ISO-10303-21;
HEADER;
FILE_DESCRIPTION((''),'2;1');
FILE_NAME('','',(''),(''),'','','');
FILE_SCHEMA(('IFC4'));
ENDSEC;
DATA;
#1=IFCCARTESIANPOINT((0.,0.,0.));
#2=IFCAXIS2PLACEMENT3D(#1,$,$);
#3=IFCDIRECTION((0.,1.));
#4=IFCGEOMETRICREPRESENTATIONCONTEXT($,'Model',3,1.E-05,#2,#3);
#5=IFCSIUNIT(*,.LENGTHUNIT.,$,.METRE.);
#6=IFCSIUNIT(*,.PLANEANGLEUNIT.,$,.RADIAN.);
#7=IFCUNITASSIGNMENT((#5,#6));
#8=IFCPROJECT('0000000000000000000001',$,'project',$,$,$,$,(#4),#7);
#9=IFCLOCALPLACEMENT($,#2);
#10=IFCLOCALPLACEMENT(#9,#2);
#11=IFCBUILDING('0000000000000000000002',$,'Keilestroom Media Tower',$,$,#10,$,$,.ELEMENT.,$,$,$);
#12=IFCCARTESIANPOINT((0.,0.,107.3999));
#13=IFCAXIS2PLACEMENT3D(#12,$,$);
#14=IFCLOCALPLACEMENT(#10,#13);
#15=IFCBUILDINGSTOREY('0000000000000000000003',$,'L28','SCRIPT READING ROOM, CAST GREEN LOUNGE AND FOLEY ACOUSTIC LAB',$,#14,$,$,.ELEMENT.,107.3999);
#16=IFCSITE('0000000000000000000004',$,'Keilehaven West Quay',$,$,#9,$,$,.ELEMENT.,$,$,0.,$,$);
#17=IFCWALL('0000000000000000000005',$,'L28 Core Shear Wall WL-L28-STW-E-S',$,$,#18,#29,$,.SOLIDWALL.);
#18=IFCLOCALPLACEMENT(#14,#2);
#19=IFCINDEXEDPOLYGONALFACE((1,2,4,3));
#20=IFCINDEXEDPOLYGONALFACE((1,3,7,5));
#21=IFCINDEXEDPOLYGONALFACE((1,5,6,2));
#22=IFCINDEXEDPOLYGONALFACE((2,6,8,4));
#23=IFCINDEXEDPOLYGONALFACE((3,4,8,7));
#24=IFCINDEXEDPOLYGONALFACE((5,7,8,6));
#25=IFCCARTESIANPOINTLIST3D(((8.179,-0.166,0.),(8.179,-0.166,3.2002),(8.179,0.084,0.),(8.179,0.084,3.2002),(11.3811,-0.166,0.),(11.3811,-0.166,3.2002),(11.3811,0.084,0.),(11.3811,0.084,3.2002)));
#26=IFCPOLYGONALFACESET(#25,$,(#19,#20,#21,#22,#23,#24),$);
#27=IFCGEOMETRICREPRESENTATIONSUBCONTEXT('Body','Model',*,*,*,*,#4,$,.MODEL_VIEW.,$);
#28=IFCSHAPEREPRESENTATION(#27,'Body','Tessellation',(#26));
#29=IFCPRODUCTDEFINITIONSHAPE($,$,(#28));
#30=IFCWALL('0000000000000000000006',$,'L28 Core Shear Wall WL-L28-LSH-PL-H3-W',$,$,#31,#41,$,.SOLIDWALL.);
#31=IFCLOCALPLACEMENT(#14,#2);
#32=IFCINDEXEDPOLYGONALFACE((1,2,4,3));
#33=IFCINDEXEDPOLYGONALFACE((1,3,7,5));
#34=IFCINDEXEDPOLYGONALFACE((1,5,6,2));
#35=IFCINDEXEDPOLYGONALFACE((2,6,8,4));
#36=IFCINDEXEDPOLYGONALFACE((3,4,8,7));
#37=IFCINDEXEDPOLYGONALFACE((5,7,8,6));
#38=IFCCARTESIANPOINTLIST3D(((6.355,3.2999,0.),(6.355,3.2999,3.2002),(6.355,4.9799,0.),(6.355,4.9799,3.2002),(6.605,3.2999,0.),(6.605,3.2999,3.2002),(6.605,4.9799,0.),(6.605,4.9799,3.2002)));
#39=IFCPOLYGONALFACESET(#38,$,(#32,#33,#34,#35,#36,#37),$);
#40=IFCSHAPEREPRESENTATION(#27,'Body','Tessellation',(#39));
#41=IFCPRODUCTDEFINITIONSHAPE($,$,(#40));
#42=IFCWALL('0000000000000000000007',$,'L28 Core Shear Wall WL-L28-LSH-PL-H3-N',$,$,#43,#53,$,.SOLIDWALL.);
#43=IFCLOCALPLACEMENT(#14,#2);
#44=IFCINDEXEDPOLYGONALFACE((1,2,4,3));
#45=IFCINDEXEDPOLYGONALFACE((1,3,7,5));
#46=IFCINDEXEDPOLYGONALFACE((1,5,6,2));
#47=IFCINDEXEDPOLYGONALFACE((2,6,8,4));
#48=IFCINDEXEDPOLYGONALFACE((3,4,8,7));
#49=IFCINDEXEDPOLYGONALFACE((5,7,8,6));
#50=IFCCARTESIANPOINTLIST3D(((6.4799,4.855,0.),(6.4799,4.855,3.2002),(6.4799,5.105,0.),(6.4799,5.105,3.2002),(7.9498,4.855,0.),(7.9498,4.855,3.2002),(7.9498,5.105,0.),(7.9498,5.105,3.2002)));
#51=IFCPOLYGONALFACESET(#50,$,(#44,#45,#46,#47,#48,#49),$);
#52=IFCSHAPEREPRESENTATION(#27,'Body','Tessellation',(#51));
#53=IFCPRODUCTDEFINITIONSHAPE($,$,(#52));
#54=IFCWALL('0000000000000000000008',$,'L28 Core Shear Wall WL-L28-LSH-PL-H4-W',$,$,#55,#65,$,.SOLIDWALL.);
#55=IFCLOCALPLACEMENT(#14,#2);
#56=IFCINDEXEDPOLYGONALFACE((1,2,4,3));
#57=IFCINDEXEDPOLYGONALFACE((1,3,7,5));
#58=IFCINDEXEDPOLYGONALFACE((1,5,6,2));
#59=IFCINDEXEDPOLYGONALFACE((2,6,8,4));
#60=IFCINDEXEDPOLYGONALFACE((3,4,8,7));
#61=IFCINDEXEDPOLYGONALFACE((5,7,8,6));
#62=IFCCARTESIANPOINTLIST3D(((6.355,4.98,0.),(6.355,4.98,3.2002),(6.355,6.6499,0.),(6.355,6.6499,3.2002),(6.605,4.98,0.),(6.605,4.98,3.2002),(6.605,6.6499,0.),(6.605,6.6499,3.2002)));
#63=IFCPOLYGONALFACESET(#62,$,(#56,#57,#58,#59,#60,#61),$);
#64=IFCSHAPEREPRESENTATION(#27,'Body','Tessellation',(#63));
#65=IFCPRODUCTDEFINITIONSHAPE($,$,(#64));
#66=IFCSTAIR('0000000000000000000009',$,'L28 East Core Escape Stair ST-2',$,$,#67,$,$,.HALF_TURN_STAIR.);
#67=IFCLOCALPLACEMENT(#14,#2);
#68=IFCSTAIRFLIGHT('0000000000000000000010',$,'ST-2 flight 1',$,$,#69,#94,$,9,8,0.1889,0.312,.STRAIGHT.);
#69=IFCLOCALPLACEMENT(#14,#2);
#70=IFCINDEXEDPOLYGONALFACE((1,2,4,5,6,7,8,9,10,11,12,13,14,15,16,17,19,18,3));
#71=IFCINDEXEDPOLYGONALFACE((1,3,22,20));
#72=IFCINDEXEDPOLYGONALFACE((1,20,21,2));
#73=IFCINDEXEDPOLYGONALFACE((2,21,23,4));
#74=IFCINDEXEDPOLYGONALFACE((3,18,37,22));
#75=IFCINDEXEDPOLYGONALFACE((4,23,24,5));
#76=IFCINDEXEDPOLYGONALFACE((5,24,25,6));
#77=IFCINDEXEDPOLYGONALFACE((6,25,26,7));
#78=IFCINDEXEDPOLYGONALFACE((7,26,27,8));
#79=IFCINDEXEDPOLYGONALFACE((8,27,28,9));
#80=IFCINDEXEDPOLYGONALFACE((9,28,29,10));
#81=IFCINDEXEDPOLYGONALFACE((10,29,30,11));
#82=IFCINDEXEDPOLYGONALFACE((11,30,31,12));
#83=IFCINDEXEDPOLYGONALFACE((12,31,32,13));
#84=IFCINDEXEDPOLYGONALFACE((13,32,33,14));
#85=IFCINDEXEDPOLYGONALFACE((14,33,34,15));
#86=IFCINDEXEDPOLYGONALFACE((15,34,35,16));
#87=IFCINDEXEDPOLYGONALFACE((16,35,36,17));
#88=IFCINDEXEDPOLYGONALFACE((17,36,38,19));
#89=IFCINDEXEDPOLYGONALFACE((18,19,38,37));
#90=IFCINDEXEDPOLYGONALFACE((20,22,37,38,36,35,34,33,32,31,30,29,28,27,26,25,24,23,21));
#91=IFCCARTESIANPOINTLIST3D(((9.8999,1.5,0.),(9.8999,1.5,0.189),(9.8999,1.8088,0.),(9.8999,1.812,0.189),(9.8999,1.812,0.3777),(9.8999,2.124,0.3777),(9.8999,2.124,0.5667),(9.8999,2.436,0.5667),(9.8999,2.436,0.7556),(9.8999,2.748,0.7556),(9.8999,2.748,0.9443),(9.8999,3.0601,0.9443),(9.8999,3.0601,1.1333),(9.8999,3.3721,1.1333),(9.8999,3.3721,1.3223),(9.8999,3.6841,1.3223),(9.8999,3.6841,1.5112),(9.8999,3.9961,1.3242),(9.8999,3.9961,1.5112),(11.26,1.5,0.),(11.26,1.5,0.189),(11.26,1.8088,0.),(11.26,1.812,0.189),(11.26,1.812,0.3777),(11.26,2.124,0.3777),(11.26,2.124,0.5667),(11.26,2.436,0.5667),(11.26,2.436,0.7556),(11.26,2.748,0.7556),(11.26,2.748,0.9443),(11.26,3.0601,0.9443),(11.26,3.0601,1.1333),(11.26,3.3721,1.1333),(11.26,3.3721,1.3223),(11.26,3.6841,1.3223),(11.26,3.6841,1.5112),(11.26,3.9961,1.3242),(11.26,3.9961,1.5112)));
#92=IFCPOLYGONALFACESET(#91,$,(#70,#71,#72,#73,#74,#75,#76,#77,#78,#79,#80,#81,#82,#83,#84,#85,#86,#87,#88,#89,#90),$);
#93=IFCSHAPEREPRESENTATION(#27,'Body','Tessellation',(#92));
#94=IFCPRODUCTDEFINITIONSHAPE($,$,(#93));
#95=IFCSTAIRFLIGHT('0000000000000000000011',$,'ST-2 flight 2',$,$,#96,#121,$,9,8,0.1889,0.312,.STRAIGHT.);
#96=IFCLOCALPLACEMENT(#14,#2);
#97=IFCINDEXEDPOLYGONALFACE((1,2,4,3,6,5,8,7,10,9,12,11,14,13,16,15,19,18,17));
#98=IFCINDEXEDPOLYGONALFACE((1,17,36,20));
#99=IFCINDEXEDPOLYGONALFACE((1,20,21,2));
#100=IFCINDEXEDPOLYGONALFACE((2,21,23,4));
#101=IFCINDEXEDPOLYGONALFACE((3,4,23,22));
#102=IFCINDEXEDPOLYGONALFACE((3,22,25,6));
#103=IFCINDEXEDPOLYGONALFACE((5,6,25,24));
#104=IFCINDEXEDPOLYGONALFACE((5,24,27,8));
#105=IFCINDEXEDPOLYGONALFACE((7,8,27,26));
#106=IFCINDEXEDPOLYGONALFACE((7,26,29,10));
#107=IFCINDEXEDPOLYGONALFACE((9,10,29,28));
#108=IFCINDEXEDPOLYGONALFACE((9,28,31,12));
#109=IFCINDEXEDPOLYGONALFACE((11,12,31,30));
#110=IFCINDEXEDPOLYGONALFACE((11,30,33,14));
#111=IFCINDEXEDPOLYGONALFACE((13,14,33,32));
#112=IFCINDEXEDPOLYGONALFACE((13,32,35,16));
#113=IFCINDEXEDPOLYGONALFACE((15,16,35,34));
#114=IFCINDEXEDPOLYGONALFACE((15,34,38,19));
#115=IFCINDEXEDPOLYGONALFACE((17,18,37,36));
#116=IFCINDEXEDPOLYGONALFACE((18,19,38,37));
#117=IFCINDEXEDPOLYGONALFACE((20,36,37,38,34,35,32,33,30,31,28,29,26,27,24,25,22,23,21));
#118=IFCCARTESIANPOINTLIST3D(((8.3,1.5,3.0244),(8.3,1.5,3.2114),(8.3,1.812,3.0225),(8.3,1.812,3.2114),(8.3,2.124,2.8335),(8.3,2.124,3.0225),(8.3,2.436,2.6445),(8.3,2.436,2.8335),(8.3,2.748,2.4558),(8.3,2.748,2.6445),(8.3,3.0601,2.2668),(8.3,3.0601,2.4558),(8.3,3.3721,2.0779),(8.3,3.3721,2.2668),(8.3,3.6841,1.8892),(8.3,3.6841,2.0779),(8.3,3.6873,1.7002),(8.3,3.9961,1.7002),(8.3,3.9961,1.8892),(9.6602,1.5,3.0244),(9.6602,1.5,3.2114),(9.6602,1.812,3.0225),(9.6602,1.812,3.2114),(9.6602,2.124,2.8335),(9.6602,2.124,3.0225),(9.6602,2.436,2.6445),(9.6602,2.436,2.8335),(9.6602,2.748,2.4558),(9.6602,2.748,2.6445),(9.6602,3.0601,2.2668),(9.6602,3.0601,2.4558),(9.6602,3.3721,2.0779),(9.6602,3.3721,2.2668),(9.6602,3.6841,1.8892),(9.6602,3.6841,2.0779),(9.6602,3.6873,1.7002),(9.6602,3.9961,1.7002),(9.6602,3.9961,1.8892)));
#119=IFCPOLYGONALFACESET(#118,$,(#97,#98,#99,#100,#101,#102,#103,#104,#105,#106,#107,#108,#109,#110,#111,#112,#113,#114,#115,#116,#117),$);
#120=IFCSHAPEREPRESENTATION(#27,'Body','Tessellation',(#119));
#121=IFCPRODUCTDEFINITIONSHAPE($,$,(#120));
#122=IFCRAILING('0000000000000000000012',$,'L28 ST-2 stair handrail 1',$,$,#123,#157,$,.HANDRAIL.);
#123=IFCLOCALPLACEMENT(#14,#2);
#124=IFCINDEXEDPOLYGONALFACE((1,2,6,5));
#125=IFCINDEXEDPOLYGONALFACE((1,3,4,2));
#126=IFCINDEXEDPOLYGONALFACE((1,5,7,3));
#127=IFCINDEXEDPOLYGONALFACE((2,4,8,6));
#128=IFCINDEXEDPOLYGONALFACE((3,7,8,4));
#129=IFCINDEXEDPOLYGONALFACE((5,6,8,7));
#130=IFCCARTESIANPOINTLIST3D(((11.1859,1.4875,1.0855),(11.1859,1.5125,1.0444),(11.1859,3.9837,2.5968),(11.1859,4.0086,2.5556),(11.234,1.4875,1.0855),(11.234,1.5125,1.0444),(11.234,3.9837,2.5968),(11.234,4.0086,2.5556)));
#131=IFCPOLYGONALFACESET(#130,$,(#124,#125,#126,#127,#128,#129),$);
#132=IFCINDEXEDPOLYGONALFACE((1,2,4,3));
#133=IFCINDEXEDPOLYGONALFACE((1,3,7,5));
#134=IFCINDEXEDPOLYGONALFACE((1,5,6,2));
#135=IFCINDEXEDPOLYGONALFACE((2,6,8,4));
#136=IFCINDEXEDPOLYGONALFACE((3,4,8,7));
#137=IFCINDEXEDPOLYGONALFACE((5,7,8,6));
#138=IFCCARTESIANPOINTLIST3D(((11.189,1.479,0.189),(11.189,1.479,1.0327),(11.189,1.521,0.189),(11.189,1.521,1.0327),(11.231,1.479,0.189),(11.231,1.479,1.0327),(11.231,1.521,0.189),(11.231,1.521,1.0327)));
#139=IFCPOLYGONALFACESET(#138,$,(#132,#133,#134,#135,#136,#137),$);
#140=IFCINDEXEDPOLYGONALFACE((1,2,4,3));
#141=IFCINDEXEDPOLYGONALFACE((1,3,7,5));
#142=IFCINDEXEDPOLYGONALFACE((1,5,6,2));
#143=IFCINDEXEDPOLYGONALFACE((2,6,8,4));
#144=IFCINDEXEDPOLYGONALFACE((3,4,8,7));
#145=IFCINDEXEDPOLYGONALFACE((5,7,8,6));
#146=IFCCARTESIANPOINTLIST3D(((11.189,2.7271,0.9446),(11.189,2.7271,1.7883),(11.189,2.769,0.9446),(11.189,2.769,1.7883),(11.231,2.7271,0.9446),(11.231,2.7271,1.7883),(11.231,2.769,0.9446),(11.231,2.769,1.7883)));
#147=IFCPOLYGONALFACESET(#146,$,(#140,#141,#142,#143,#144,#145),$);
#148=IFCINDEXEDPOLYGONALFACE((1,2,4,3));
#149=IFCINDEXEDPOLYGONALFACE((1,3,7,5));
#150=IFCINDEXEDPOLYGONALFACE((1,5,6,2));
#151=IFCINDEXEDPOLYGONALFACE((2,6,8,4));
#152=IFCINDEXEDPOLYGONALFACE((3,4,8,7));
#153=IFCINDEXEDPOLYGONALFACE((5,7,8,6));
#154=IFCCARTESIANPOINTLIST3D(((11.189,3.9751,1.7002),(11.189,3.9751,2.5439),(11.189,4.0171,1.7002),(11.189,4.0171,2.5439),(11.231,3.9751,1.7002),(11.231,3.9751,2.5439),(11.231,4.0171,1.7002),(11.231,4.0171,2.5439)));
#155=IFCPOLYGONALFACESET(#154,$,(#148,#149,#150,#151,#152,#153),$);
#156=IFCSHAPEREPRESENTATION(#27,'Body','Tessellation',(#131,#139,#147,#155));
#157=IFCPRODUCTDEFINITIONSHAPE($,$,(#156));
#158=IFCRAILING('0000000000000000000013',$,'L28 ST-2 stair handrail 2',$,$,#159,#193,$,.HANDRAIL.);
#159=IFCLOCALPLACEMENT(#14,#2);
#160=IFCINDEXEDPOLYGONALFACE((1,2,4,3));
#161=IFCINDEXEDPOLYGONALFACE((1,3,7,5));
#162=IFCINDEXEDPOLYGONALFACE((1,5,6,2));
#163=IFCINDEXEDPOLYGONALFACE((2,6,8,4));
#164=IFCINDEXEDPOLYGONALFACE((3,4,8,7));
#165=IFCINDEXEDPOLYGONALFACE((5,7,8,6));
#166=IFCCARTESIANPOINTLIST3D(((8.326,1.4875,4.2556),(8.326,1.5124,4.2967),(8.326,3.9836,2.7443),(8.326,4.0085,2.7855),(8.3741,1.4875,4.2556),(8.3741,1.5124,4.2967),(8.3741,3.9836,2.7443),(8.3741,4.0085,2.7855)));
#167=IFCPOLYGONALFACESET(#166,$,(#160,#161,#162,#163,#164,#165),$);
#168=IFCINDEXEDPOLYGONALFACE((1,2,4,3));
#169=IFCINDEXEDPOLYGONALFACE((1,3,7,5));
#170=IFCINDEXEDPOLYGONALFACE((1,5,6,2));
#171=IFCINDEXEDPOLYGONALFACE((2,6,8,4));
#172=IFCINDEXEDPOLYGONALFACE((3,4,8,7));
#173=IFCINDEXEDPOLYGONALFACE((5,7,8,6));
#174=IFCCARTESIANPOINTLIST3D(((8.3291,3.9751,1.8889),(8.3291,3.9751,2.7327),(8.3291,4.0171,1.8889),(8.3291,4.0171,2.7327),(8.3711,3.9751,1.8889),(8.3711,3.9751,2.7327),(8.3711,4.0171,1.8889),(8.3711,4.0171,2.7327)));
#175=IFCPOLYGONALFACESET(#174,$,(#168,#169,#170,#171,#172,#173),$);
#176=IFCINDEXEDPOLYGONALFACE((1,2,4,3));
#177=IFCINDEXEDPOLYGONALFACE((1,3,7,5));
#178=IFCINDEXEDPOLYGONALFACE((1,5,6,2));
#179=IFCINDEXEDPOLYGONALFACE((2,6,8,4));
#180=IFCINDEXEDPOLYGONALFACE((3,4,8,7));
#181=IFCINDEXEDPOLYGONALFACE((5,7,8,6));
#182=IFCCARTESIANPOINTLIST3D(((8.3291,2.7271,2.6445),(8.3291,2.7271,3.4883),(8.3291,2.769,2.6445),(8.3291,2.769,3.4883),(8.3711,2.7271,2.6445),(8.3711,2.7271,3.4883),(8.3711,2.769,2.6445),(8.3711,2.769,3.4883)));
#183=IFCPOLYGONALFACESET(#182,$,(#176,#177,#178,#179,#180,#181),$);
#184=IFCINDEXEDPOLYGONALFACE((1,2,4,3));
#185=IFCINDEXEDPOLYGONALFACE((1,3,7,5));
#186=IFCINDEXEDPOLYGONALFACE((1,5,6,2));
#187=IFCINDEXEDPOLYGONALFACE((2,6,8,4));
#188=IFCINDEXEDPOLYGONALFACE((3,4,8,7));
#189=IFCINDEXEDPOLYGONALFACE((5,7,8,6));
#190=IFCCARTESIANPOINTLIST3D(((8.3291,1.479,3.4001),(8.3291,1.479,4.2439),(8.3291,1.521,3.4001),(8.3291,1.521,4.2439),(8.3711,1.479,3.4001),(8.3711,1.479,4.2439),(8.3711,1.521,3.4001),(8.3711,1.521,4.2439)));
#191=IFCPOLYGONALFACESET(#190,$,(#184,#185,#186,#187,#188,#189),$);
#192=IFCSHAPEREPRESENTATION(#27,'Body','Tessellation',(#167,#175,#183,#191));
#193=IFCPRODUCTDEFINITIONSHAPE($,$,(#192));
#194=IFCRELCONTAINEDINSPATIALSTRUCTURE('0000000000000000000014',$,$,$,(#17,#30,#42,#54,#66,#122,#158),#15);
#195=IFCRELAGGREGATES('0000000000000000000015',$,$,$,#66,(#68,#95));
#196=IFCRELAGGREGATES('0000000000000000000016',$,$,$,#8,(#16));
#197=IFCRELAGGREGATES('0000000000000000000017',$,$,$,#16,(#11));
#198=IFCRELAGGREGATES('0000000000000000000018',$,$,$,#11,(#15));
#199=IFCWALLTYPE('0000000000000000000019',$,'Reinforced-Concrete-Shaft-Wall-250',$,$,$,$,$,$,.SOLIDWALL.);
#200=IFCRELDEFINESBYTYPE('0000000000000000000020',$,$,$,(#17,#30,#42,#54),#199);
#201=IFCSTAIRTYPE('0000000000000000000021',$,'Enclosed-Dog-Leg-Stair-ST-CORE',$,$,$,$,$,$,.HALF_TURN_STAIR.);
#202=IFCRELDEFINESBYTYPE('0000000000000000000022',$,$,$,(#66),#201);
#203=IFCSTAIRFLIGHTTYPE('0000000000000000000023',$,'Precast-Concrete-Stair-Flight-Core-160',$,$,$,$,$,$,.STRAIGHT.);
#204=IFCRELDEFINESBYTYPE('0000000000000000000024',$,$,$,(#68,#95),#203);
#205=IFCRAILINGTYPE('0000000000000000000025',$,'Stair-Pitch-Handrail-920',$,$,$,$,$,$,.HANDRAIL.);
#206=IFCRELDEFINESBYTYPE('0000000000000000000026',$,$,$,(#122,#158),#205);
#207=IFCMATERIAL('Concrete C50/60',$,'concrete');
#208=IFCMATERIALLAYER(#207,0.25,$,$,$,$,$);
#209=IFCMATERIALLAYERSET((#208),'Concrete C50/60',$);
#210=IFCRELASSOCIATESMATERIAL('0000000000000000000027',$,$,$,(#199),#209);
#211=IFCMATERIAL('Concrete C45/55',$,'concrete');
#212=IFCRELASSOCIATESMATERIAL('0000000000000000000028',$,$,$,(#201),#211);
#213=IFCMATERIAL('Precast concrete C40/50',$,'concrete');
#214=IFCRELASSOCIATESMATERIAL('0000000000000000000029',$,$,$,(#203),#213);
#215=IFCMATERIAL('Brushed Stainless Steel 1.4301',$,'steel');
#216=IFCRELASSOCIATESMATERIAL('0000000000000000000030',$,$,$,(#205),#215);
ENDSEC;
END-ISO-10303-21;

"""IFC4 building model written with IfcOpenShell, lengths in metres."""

from ifc_helpers import new_model, si_unit, direction, frame, frame_2d, origin, origin_2d, place, context, subcontext, project, spatial, polyline, rectangle, outline, extrude, material, layer, layer_set, type_object, element, aggregate, save


model = new_model("IFC4")

# Units and contexts
model_context = context("Model", 3, precision=1e-05, world=origin(), true_north=direction((0.0, 1.0)))
body_context = subcontext(model_context, "Body", "Model", "MODEL_VIEW")
ifc_project = project(units=[si_unit("LENGTHUNIT", "METRE"), si_unit("PLANEANGLEUNIT", "RADIAN")], contexts=[model_context])

# Site, building, storey
site_placement = place(None, origin())
site = spatial("IfcSite", under=ifc_project, at=site_placement, Name="Keilehaven West Quay", CompositionType="ELEMENT", RefElevation=0.0)
building_placement = place(site_placement, origin())
building = spatial("IfcBuilding", under=site, at=building_placement, Name="Keilestroom Media Tower", CompositionType="ELEMENT")
storey_placement = place(building_placement, frame((0.0, 0.0, 107.3999)))
storey = spatial("IfcBuildingStorey", under=building, at=storey_placement, Name="L28", Description="SCRIPT READING ROOM, CAST GREEN LOUNGE AND FOLEY ACOUSTIC LAB", CompositionType="ELEMENT", Elevation=107.3999)

# Shared definitions
ifc_material_1 = material(Name="Precast concrete C40/50", Category="concrete")
ifc_material_2 = material(Name="Concrete C50/60", Category="concrete")
ifc_layer_1 = layer(ifc_material_2, 0.25)
ifc_layer_set_1 = layer_set([ifc_layer_1], Name="Concrete C50/60")
wall_type_1 = type_object("IfcWallType", Name="Reinforced-Concrete-Shaft-Wall-250", PredefinedType="SOLIDWALL", material=ifc_layer_set_1)

# Walls
wall_1_placement = place(storey_placement, frame((8.179, -0.041, 0.0), z_axis=(0.0, 0.0, 1.0), x_axis=(1.0, 0.0, 0.0)))
element("IfcWall", 1, at=wall_1_placement, inside=storey, type_object=wall_type_1, Name="L28 Core Shear Wall WL-L28-STW-E-S", PredefinedType="SOLIDWALL", context=body_context, shape_type="SweptSolid", body=[
    extrude(rectangle(XDim=3.2021, YDim=0.25, at=frame_2d((1.6011, 0.0))), origin(), (0.0, 0.0, 1.0), 3.2002),
])
wall_2_placement = place(storey_placement, frame((6.48, 3.3, 0.0), z_axis=(0.0, 0.0, 1.0), x_axis=(0.0, 1.0, 0.0)))
element("IfcWall", 2, at=wall_2_placement, inside=storey, type_object=wall_type_1, Name="L28 Core Shear Wall WL-L28-LSH-PL-H3-W", PredefinedType="SOLIDWALL", context=body_context, shape_type="SweptSolid", body=[
    extrude(rectangle(XDim=1.6799, YDim=0.25, at=frame_2d((0.8398, 0.0))), origin(), (0.0, 0.0, 1.0), 3.2002),
])
wall_3_placement = place(storey_placement, frame((6.48, 4.98, 0.0), z_axis=(0.0, 0.0, 1.0), x_axis=(1.0, 0.0, 0.0)))
element("IfcWall", 3, at=wall_3_placement, inside=storey, type_object=wall_type_1, Name="L28 Core Shear Wall WL-L28-LSH-PL-H3-N", PredefinedType="SOLIDWALL", context=body_context, shape_type="SweptSolid", body=[
    extrude(rectangle(XDim=1.47, YDim=0.25, at=frame_2d((0.7349, 0.0))), origin(), (0.0, 0.0, 1.0), 3.2002),
])
wall_4_placement = place(storey_placement, frame((6.48, 4.98, 0.0), z_axis=(0.0, 0.0, 1.0), x_axis=(0.0, 1.0, 0.0)))
element("IfcWall", 4, at=wall_4_placement, inside=storey, type_object=wall_type_1, Name="L28 Core Shear Wall WL-L28-LSH-PL-H4-W", PredefinedType="SOLIDWALL", context=body_context, shape_type="SweptSolid", body=[
    extrude(rectangle(XDim=1.6699, YDim=0.25, at=frame_2d((0.835, 0.0))), origin(), (0.0, 0.0, 1.0), 3.2002),
])

# Stair, stair flights
ifc_material_3 = material(Name="Concrete C45/55", Category="concrete")
stair_type = type_object("IfcStairType", Name="Enclosed-Dog-Leg-Stair-ST-CORE", PredefinedType="HALF_TURN_STAIR", material=ifc_material_3)
stair_placement = place(storey_placement, origin())
stair = element("IfcStair", 5, at=stair_placement, inside=storey, type_object=stair_type, Name="L28 East Core Escape Stair ST-2", PredefinedType="HALF_TURN_STAIR")
stair_flight_type = type_object("IfcStairFlightType", Name="Precast-Concrete-Stair-Flight-Core-160", PredefinedType="STRAIGHT", material=ifc_material_1)
stair_flight_1_placement = place(storey_placement, frame((10.5801, 1.5, 0.0), z_axis=(0.0, 0.0, 1.0), x_axis=(0.0, 1.0, 0.0)))
stair_flight_1 = element("IfcStairFlight", 6, at=stair_flight_1_placement, type_object=stair_flight_type, Name="ST-2 flight 1", NumberOfRisers=9, NumberOfTreads=8, PredefinedType="STRAIGHT", RiserHeight=0.1889, TreadLength=0.312, context=body_context, shape_type="SweptSolid", body=[
    extrude(outline(polyline([(0.0, 0.0), (0.0, 0.189), (0.312, 0.189), (0.312, 0.3777), (0.624, 0.3777), (0.624, 0.5667), (0.936, 0.5667), (0.936, 0.7556), (1.248, 0.7556), (1.248, 0.9443), (1.5601, 0.9443), (1.5601, 1.1333), (1.8721, 1.1333), (1.8721, 1.3223), (2.1841, 1.3223), (2.1841, 1.5112), (2.4961, 1.5112), (2.4961, 1.7), (2.4961, 1.3242), (0.3088, 0.0), (0.0, 0.0)])), frame((0.0, 0.6802, 0.0), z_axis=(0.0, -1.0, 0.0), x_axis=(1.0, 0.0, 0.0)), (0.0, 0.0, 1.0), 1.3601),
])
stair_flight_2_placement = place(storey_placement, frame((8.98, 3.9961, 1.7002), z_axis=(0.0, 0.0, 1.0), x_axis=(0.0, -1.0, 0.0)))
stair_flight_2 = element("IfcStairFlight", 7, at=stair_flight_2_placement, type_object=stair_flight_type, Name="ST-2 flight 2", NumberOfRisers=9, NumberOfTreads=8, PredefinedType="STRAIGHT", RiserHeight=0.1889, TreadLength=0.312, context=body_context, shape_type="SweptSolid", body=[
    extrude(outline(polyline([(0.0, 0.0), (0.0, 0.189), (0.312, 0.189), (0.312, 0.3777), (0.624, 0.3777), (0.624, 0.5667), (0.936, 0.5667), (0.936, 0.7556), (1.248, 0.7556), (1.248, 0.9443), (1.5601, 0.9443), (1.5601, 1.1333), (1.8721, 1.1333), (1.8721, 1.3223), (2.1841, 1.3223), (2.1841, 1.5112), (2.4961, 1.5112), (2.4961, 1.7), (2.4961, 1.3242), (0.3088, 0.0), (0.0, 0.0)])), frame((0.0, 0.6802, 0.0), z_axis=(0.0, -1.0, 0.0), x_axis=(1.0, 0.0, 0.0)), (0.0, 0.0, 1.0), 1.3601),
])
aggregate(stair, [stair_flight_1, stair_flight_2])

# Railings
ifc_material_4 = material(Name="Brushed Stainless Steel 1.4301", Category="steel")
railing_type_1 = type_object("IfcRailingType", Name="Stair-Pitch-Handrail-920", PredefinedType="HANDRAIL", material=ifc_material_4)
railing_1_placement = place(storey_placement, frame((11.21, 1.5, 0.189)))
element("IfcRailing", 8, at=railing_1_placement, inside=storey, type_object=railing_type_1, Name="L28 ST-2 stair handrail 1", PredefinedType="HANDRAIL", context=body_context, shape_type="SweptSolid", body=[
    extrude(rectangle(XDim=0.0481, YDim=0.0481, at=origin_2d()), frame((0.0, 0.0, 0.876), z_axis=(0.0, 0.855434, 0.517912), x_axis=(-1.0, 0.0, 0.0)), (0.0, 0.0, 1.0), 2.918),
    extrude(rectangle(XDim=0.042, YDim=0.042, at=origin_2d()), origin(), (0.0, 0.0, 1.0), 0.8438),
    extrude(rectangle(XDim=0.042, YDim=0.042, at=origin_2d()), frame((0.0, 1.248, 0.7556)), (0.0, 0.0, 1.0), 0.8438),
    extrude(rectangle(XDim=0.042, YDim=0.042, at=origin_2d()), frame((0.0, 2.4961, 1.5112)), (0.0, 0.0, 1.0), 0.8438),
])
railing_2_placement = place(storey_placement, frame((8.3501, 3.9961, 1.8889)))
element("IfcRailing", 9, at=railing_2_placement, inside=storey, type_object=railing_type_1, Name="L28 ST-2 stair handrail 2", PredefinedType="HANDRAIL", context=body_context, shape_type="SweptSolid", body=[
    extrude(rectangle(XDim=0.0481, YDim=0.0481, at=origin_2d()), frame((0.0, 0.0, 0.876), z_axis=(0.0, -0.855434, 0.517912), x_axis=(1.0, 0.0, 0.0)), (0.0, 0.0, 1.0), 2.918),
    extrude(rectangle(XDim=0.042, YDim=0.042, at=origin_2d()), origin(), (0.0, 0.0, 1.0), 0.8438),
    extrude(rectangle(XDim=0.042, YDim=0.042, at=origin_2d()), frame((0.0, -1.248, 0.7556)), (0.0, 0.0, 1.0), 0.8438),
    extrude(rectangle(XDim=0.042, YDim=0.042, at=origin_2d()), frame((0.0, -2.4961, 1.5112)), (0.0, 0.0, 1.0), 0.8438),
])

save(model, "model.ifc")
